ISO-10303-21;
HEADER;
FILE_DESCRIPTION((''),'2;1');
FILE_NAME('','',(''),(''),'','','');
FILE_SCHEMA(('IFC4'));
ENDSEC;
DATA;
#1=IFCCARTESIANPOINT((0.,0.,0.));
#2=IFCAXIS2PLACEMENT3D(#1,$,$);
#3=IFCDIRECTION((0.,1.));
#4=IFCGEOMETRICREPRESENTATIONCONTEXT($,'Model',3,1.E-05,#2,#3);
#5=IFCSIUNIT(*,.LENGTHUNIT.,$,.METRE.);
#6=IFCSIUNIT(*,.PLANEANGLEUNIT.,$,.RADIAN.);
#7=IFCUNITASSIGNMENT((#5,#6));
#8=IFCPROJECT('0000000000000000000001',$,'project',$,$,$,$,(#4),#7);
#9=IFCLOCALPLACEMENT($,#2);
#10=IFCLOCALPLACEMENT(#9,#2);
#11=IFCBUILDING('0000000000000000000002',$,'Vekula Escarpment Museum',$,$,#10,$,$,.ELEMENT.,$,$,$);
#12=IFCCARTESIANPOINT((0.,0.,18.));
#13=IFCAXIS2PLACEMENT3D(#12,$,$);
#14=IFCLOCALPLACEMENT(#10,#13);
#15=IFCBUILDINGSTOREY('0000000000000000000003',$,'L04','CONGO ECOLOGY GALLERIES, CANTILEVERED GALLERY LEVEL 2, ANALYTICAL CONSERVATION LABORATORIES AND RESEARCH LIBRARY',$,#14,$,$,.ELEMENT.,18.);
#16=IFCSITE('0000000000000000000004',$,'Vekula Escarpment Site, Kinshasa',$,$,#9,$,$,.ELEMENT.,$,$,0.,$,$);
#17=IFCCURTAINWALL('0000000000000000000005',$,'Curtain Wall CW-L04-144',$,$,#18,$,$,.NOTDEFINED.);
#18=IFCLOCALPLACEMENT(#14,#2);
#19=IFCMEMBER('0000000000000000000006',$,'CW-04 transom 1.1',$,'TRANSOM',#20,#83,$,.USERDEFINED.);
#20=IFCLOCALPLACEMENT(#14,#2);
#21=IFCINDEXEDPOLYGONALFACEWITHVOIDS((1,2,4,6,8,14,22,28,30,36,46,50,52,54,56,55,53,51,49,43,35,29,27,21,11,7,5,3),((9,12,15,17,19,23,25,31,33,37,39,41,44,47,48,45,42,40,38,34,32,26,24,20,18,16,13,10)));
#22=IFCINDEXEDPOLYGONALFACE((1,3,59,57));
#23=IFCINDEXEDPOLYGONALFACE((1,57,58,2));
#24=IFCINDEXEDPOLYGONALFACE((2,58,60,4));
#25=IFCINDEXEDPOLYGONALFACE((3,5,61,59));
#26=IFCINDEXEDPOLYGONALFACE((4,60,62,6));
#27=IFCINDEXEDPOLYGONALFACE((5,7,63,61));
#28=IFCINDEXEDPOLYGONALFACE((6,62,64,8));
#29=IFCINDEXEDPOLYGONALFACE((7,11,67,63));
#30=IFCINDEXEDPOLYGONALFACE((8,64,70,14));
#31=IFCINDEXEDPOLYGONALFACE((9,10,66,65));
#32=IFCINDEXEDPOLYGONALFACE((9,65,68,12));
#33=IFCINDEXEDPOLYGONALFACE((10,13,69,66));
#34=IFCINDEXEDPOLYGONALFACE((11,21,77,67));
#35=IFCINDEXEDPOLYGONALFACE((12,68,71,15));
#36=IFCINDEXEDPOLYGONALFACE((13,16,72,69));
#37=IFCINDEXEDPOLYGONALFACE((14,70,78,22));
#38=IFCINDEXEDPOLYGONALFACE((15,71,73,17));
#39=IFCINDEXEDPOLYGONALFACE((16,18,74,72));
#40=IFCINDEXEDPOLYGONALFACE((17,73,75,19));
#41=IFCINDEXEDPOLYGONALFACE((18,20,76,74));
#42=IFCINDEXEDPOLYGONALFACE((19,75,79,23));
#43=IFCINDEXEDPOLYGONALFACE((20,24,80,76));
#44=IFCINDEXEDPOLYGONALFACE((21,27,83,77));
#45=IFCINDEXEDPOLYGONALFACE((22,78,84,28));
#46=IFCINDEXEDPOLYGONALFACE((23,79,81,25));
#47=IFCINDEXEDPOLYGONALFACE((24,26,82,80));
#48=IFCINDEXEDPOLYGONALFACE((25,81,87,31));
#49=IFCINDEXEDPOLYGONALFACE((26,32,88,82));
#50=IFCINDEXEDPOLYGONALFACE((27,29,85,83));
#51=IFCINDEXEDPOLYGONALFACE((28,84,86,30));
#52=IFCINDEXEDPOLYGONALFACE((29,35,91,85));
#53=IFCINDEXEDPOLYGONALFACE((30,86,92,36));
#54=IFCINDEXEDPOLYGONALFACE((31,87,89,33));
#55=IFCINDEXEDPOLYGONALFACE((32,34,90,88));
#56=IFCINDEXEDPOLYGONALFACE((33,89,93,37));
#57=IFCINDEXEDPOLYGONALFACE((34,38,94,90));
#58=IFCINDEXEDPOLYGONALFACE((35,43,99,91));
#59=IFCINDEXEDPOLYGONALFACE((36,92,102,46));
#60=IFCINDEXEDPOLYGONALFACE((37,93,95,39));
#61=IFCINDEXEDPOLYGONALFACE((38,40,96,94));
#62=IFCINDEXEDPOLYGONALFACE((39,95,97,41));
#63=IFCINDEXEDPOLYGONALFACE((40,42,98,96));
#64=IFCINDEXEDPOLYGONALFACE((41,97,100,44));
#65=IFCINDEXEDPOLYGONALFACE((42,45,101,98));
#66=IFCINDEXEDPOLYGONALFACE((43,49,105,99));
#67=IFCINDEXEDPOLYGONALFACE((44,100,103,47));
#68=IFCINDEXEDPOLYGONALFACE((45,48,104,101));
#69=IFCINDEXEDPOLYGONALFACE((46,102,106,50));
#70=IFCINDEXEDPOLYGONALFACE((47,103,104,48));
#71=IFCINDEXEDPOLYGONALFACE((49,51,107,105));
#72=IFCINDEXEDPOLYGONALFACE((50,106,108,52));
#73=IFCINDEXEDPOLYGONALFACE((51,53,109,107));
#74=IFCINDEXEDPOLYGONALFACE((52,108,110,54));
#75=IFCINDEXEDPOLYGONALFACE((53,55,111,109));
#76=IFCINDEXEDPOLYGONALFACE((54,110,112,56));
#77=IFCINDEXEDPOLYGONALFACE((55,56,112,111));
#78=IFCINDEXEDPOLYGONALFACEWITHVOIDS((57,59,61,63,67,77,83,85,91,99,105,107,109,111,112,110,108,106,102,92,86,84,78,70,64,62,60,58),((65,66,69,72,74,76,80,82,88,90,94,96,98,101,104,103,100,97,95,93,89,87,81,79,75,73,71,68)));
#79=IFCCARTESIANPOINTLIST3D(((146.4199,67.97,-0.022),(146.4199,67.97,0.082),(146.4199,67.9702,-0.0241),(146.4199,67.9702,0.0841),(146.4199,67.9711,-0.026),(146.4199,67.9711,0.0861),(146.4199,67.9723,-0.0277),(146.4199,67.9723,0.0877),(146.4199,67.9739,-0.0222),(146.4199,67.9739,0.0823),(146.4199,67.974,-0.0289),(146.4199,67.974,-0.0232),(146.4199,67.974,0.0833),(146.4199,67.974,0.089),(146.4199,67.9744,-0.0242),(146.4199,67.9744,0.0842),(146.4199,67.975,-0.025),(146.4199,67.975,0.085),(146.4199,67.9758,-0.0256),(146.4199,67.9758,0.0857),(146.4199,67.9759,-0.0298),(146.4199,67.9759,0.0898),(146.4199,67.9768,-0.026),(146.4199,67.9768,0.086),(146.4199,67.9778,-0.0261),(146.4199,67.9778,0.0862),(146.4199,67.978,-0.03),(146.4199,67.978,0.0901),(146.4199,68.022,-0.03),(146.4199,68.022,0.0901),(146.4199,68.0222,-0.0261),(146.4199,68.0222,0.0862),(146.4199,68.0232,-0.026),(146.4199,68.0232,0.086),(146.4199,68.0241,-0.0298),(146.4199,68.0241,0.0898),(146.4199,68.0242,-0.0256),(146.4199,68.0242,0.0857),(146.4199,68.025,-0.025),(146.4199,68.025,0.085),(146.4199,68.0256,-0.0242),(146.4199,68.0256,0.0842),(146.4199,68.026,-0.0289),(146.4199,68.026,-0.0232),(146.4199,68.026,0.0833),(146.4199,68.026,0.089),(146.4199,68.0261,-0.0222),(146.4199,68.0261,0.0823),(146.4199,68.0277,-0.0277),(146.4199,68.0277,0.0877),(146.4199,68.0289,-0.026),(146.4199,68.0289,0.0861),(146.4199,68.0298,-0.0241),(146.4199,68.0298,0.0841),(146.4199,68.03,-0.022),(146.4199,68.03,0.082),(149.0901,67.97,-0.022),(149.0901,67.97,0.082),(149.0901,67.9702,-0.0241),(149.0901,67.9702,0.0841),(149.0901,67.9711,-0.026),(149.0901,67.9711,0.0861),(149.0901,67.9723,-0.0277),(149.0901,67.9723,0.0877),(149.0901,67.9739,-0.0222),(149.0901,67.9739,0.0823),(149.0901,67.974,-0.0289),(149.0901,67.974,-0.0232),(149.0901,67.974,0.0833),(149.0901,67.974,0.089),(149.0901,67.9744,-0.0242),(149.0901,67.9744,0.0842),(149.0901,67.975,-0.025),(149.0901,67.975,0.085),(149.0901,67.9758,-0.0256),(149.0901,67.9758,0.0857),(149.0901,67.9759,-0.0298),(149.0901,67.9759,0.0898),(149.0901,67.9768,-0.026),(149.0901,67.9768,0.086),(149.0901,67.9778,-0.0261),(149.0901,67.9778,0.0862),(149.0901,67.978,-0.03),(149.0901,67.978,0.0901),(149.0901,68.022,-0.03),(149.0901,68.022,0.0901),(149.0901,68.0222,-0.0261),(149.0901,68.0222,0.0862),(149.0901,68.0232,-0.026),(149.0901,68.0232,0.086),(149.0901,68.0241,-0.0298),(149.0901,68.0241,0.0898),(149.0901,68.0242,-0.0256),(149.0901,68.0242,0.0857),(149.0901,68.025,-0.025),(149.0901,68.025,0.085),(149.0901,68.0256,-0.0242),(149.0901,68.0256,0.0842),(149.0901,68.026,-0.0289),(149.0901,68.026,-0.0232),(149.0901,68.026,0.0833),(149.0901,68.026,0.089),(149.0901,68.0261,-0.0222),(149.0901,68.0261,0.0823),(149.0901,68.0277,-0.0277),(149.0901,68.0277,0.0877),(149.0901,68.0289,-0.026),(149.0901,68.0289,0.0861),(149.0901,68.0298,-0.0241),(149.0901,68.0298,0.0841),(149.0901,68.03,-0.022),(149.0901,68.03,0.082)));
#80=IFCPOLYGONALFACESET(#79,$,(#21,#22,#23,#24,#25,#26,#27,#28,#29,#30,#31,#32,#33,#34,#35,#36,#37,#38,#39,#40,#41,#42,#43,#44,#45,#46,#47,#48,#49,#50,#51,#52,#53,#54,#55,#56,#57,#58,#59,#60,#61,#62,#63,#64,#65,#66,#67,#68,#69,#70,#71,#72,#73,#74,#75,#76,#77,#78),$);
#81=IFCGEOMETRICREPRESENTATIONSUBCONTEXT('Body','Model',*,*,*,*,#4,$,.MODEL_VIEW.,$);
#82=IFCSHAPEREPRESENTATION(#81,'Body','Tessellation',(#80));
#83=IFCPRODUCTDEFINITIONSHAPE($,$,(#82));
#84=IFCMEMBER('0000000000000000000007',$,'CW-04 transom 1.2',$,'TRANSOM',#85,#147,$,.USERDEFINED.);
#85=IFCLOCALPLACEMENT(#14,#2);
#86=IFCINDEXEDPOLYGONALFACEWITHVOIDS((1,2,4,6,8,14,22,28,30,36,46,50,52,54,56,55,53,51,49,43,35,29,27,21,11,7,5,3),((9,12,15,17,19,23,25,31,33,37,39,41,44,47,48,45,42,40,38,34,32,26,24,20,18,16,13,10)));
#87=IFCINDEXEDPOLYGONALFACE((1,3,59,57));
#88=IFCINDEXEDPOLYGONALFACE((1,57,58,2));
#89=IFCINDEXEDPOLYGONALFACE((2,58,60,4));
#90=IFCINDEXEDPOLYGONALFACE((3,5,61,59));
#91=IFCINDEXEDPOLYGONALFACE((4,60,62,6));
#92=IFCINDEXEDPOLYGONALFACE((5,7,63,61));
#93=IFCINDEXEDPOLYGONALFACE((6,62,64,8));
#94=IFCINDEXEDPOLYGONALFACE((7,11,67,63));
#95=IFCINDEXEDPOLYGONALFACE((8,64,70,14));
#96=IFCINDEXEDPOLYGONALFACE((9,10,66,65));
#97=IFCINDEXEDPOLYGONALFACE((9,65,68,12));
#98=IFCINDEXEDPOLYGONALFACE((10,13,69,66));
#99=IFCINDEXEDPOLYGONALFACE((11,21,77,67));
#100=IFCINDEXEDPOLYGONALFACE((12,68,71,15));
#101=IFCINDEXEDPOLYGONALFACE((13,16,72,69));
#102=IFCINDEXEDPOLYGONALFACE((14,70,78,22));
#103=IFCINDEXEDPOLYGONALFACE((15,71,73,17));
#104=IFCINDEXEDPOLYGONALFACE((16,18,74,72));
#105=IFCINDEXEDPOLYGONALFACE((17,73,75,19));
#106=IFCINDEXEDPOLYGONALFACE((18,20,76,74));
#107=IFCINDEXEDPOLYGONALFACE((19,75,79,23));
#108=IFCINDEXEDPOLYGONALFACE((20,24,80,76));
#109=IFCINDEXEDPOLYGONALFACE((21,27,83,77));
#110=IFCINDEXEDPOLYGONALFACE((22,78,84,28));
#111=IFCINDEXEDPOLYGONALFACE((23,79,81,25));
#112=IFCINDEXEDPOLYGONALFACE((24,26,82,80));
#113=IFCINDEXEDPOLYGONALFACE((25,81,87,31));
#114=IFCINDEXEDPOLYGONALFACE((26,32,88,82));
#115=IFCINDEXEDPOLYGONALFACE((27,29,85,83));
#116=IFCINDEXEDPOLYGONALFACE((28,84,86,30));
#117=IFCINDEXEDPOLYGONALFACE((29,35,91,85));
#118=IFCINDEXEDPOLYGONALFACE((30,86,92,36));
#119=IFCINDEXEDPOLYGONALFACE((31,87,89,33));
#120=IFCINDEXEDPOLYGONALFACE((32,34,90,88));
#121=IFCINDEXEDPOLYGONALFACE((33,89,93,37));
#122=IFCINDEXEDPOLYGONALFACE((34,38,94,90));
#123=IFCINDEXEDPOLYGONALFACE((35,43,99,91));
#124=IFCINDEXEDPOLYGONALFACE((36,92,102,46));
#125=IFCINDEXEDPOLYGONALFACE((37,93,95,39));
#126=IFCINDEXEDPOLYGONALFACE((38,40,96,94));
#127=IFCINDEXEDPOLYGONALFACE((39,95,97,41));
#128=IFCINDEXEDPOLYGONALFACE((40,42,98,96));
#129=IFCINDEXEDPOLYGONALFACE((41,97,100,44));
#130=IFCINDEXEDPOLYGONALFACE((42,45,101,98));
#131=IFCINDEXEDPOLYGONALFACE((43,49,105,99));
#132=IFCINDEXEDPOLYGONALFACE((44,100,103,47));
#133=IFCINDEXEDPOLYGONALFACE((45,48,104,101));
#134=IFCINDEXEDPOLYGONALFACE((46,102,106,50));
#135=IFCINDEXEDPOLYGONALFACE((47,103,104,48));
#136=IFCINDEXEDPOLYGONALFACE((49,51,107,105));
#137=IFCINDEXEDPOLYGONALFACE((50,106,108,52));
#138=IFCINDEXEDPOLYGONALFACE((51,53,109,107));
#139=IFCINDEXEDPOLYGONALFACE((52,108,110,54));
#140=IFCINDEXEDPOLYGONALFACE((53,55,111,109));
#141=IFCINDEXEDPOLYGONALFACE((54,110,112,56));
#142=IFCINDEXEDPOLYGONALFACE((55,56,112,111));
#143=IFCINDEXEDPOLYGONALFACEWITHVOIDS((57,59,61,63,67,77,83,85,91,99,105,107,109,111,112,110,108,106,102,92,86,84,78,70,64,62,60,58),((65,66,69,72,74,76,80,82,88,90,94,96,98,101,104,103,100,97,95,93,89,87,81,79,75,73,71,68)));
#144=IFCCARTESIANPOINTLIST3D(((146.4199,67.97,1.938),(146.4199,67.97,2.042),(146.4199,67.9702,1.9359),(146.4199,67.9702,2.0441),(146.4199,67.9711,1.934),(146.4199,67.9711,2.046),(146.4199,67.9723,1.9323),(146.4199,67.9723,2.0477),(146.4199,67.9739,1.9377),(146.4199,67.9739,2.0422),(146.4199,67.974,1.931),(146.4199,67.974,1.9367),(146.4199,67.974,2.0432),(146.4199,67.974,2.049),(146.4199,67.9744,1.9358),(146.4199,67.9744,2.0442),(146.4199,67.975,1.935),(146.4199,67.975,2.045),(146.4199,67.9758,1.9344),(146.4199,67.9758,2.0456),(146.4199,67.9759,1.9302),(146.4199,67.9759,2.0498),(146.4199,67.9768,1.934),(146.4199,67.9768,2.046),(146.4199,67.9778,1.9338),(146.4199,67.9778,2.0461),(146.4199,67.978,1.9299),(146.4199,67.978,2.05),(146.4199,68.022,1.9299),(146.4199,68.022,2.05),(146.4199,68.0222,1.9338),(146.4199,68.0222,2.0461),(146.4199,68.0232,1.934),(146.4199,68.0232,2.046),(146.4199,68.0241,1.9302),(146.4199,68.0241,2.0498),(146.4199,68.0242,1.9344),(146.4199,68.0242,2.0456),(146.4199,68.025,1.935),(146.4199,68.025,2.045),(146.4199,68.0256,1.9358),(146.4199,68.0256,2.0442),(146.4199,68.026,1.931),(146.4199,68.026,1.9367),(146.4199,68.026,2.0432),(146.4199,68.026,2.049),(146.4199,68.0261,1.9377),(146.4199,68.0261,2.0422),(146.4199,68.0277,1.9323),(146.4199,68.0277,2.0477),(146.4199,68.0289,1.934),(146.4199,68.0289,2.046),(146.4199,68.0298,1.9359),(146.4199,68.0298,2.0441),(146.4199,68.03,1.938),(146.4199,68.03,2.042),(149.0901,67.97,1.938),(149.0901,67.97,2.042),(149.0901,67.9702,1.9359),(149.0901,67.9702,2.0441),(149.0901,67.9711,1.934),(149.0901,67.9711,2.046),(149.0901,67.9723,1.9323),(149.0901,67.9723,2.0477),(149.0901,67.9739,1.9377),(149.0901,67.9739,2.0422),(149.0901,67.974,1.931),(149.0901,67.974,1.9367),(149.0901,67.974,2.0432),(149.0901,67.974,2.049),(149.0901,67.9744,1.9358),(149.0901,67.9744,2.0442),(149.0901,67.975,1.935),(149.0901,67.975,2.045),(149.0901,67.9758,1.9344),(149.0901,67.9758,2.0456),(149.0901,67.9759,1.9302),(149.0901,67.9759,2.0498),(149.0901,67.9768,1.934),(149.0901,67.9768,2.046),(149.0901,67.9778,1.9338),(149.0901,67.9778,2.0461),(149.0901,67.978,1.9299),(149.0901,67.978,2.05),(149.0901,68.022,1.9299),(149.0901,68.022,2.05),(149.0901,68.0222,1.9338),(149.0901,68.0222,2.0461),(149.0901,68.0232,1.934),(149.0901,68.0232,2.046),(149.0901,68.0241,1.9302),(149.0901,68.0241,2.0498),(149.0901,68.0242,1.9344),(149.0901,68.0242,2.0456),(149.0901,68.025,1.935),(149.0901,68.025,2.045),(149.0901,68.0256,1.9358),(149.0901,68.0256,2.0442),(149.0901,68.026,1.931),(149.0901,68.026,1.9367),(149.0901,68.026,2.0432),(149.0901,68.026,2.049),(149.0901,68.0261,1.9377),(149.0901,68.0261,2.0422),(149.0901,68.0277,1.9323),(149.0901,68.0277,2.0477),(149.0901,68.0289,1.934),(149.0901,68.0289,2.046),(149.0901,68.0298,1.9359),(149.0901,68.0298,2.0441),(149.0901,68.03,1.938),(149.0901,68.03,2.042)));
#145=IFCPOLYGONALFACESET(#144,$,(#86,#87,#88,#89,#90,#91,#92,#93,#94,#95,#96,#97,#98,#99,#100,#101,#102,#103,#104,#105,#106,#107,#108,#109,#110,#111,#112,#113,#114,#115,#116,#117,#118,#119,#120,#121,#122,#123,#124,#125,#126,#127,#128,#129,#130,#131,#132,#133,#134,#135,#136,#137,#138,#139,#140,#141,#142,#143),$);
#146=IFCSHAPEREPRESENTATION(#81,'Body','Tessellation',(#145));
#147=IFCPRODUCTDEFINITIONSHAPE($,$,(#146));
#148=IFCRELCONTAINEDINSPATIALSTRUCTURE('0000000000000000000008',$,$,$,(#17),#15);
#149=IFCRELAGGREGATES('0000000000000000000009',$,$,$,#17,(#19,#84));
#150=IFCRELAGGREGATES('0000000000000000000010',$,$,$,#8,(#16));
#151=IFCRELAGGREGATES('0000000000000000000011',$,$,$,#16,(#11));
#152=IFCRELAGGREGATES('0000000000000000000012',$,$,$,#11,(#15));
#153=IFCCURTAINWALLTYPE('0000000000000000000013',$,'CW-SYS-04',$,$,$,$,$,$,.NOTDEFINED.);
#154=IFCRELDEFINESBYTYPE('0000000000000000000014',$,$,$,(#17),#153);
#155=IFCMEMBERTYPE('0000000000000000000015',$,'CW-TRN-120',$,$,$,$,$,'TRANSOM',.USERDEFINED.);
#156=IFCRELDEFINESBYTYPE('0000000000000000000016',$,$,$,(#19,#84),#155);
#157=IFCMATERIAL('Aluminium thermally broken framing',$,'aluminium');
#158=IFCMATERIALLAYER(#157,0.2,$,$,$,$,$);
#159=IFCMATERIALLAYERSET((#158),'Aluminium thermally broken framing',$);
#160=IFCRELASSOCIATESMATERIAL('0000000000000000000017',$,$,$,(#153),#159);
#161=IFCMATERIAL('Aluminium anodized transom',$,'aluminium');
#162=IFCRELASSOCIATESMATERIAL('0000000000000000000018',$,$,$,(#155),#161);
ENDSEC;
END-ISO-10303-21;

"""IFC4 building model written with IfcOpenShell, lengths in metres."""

from ifc_helpers import new_model, si_unit, direction, frame, origin, origin_2d, place, context, subcontext, project, spatial, hollow_rectangle, extrude, material, layer, layer_set, material_profile, profile_set, type_object, element, aggregate, save


model = new_model("IFC4")

# Units and contexts
model_context = context("Model", 3, precision=1e-05, world=origin(), true_north=direction((0.0, 1.0)))
body_context = subcontext(model_context, "Body", "Model", "MODEL_VIEW")
ifc_project = project(units=[si_unit("LENGTHUNIT", "METRE"), si_unit("PLANEANGLEUNIT", "RADIAN")], contexts=[model_context])

# Site, building, storey
site_placement = place(None, origin())
site = spatial("IfcSite", under=ifc_project, at=site_placement, Name="Vekula Escarpment Site, Kinshasa", CompositionType="ELEMENT", RefElevation=0.0)
building_placement = place(site_placement, origin())
building = spatial("IfcBuilding", under=site, at=building_placement, Name="Vekula Escarpment Museum", CompositionType="ELEMENT")
storey_placement = place(building_placement, frame((0.0, 0.0, 18.0)))
storey = spatial("IfcBuildingStorey", under=building, at=storey_placement, Name="L04", Description="CONGO ECOLOGY GALLERIES, CANTILEVERED GALLERY LEVEL 2, ANALYTICAL CONSERVATION LABORATORIES AND RESEARCH LIBRARY", CompositionType="ELEMENT", Elevation=18.0)

# Curtain wall
ifc_material_1 = material(Name="Aluminium thermally broken framing", Category="aluminium")
ifc_layer_1 = layer(ifc_material_1, 0.2)
ifc_layer_set_1 = layer_set([ifc_layer_1], Name="Aluminium thermally broken framing")
curtain_wall_type_1 = type_object("IfcCurtainWallType", Name="CW-SYS-04", PredefinedType="NOTDEFINED", material=ifc_layer_set_1)
curtain_wall_1_placement = place(storey_placement, origin())
curtain_wall_1 = element("IfcCurtainWall", 1, at=curtain_wall_1_placement, inside=storey, type_object=curtain_wall_type_1, Name="Curtain Wall CW-L04-144", PredefinedType="NOTDEFINED")

# Members
ifc_material_2 = material(Name="Aluminium anodized transom", Category="aluminium")
ifc_material_profile_1 = material_profile(ifc_material_2, hollow_rectangle(XDim=0.0601, YDim=0.1201, WallThickness=0.0039, InnerFilletRadius=0.0039, OuterFilletRadius=0.0081, at=origin_2d()), Name="ALU 120x60x4")
ifc_profile_set_1 = profile_set([ifc_material_profile_1], Name="Aluminium anodized transom")
member_type_1 = type_object("IfcMemberType", Name="CW-TRN-120", ElementType="TRANSOM", PredefinedType="USERDEFINED", material=ifc_profile_set_1)
member_1_placement = place(storey_placement, frame((146.4199, 68.0, 0.03), z_axis=(1.0, 0.0, 0.0), x_axis=(0.0, 1.0, 0.0)))
member_1 = element("IfcMember", 2, at=member_1_placement, type_object=member_type_1, Name="CW-04 transom 1.1", ObjectType="TRANSOM", PredefinedType="USERDEFINED", context=body_context, shape_type="SweptSolid", body=[
    extrude(hollow_rectangle(XDim=0.0601, YDim=0.1201, WallThickness=0.0039, InnerFilletRadius=0.0039, OuterFilletRadius=0.0081, at=origin_2d()), origin(), (0.0, 0.0, 1.0), 2.6702),
])
member_2_placement = place(storey_placement, frame((146.4199, 68.0, 1.99), z_axis=(1.0, 0.0, 0.0), x_axis=(0.0, 1.0, 0.0)))
member_2 = element("IfcMember", 3, at=member_2_placement, type_object=member_type_1, Name="CW-04 transom 1.2", ObjectType="TRANSOM", PredefinedType="USERDEFINED", context=body_context, shape_type="SweptSolid", body=[
    extrude(hollow_rectangle(XDim=0.0601, YDim=0.1201, WallThickness=0.0039, InnerFilletRadius=0.0039, OuterFilletRadius=0.0081, at=origin_2d()), origin(), (0.0, 0.0, 1.0), 2.6702),
])

aggregate(curtain_wall_1, [member_1, member_2])

save(model, "model.ifc")
